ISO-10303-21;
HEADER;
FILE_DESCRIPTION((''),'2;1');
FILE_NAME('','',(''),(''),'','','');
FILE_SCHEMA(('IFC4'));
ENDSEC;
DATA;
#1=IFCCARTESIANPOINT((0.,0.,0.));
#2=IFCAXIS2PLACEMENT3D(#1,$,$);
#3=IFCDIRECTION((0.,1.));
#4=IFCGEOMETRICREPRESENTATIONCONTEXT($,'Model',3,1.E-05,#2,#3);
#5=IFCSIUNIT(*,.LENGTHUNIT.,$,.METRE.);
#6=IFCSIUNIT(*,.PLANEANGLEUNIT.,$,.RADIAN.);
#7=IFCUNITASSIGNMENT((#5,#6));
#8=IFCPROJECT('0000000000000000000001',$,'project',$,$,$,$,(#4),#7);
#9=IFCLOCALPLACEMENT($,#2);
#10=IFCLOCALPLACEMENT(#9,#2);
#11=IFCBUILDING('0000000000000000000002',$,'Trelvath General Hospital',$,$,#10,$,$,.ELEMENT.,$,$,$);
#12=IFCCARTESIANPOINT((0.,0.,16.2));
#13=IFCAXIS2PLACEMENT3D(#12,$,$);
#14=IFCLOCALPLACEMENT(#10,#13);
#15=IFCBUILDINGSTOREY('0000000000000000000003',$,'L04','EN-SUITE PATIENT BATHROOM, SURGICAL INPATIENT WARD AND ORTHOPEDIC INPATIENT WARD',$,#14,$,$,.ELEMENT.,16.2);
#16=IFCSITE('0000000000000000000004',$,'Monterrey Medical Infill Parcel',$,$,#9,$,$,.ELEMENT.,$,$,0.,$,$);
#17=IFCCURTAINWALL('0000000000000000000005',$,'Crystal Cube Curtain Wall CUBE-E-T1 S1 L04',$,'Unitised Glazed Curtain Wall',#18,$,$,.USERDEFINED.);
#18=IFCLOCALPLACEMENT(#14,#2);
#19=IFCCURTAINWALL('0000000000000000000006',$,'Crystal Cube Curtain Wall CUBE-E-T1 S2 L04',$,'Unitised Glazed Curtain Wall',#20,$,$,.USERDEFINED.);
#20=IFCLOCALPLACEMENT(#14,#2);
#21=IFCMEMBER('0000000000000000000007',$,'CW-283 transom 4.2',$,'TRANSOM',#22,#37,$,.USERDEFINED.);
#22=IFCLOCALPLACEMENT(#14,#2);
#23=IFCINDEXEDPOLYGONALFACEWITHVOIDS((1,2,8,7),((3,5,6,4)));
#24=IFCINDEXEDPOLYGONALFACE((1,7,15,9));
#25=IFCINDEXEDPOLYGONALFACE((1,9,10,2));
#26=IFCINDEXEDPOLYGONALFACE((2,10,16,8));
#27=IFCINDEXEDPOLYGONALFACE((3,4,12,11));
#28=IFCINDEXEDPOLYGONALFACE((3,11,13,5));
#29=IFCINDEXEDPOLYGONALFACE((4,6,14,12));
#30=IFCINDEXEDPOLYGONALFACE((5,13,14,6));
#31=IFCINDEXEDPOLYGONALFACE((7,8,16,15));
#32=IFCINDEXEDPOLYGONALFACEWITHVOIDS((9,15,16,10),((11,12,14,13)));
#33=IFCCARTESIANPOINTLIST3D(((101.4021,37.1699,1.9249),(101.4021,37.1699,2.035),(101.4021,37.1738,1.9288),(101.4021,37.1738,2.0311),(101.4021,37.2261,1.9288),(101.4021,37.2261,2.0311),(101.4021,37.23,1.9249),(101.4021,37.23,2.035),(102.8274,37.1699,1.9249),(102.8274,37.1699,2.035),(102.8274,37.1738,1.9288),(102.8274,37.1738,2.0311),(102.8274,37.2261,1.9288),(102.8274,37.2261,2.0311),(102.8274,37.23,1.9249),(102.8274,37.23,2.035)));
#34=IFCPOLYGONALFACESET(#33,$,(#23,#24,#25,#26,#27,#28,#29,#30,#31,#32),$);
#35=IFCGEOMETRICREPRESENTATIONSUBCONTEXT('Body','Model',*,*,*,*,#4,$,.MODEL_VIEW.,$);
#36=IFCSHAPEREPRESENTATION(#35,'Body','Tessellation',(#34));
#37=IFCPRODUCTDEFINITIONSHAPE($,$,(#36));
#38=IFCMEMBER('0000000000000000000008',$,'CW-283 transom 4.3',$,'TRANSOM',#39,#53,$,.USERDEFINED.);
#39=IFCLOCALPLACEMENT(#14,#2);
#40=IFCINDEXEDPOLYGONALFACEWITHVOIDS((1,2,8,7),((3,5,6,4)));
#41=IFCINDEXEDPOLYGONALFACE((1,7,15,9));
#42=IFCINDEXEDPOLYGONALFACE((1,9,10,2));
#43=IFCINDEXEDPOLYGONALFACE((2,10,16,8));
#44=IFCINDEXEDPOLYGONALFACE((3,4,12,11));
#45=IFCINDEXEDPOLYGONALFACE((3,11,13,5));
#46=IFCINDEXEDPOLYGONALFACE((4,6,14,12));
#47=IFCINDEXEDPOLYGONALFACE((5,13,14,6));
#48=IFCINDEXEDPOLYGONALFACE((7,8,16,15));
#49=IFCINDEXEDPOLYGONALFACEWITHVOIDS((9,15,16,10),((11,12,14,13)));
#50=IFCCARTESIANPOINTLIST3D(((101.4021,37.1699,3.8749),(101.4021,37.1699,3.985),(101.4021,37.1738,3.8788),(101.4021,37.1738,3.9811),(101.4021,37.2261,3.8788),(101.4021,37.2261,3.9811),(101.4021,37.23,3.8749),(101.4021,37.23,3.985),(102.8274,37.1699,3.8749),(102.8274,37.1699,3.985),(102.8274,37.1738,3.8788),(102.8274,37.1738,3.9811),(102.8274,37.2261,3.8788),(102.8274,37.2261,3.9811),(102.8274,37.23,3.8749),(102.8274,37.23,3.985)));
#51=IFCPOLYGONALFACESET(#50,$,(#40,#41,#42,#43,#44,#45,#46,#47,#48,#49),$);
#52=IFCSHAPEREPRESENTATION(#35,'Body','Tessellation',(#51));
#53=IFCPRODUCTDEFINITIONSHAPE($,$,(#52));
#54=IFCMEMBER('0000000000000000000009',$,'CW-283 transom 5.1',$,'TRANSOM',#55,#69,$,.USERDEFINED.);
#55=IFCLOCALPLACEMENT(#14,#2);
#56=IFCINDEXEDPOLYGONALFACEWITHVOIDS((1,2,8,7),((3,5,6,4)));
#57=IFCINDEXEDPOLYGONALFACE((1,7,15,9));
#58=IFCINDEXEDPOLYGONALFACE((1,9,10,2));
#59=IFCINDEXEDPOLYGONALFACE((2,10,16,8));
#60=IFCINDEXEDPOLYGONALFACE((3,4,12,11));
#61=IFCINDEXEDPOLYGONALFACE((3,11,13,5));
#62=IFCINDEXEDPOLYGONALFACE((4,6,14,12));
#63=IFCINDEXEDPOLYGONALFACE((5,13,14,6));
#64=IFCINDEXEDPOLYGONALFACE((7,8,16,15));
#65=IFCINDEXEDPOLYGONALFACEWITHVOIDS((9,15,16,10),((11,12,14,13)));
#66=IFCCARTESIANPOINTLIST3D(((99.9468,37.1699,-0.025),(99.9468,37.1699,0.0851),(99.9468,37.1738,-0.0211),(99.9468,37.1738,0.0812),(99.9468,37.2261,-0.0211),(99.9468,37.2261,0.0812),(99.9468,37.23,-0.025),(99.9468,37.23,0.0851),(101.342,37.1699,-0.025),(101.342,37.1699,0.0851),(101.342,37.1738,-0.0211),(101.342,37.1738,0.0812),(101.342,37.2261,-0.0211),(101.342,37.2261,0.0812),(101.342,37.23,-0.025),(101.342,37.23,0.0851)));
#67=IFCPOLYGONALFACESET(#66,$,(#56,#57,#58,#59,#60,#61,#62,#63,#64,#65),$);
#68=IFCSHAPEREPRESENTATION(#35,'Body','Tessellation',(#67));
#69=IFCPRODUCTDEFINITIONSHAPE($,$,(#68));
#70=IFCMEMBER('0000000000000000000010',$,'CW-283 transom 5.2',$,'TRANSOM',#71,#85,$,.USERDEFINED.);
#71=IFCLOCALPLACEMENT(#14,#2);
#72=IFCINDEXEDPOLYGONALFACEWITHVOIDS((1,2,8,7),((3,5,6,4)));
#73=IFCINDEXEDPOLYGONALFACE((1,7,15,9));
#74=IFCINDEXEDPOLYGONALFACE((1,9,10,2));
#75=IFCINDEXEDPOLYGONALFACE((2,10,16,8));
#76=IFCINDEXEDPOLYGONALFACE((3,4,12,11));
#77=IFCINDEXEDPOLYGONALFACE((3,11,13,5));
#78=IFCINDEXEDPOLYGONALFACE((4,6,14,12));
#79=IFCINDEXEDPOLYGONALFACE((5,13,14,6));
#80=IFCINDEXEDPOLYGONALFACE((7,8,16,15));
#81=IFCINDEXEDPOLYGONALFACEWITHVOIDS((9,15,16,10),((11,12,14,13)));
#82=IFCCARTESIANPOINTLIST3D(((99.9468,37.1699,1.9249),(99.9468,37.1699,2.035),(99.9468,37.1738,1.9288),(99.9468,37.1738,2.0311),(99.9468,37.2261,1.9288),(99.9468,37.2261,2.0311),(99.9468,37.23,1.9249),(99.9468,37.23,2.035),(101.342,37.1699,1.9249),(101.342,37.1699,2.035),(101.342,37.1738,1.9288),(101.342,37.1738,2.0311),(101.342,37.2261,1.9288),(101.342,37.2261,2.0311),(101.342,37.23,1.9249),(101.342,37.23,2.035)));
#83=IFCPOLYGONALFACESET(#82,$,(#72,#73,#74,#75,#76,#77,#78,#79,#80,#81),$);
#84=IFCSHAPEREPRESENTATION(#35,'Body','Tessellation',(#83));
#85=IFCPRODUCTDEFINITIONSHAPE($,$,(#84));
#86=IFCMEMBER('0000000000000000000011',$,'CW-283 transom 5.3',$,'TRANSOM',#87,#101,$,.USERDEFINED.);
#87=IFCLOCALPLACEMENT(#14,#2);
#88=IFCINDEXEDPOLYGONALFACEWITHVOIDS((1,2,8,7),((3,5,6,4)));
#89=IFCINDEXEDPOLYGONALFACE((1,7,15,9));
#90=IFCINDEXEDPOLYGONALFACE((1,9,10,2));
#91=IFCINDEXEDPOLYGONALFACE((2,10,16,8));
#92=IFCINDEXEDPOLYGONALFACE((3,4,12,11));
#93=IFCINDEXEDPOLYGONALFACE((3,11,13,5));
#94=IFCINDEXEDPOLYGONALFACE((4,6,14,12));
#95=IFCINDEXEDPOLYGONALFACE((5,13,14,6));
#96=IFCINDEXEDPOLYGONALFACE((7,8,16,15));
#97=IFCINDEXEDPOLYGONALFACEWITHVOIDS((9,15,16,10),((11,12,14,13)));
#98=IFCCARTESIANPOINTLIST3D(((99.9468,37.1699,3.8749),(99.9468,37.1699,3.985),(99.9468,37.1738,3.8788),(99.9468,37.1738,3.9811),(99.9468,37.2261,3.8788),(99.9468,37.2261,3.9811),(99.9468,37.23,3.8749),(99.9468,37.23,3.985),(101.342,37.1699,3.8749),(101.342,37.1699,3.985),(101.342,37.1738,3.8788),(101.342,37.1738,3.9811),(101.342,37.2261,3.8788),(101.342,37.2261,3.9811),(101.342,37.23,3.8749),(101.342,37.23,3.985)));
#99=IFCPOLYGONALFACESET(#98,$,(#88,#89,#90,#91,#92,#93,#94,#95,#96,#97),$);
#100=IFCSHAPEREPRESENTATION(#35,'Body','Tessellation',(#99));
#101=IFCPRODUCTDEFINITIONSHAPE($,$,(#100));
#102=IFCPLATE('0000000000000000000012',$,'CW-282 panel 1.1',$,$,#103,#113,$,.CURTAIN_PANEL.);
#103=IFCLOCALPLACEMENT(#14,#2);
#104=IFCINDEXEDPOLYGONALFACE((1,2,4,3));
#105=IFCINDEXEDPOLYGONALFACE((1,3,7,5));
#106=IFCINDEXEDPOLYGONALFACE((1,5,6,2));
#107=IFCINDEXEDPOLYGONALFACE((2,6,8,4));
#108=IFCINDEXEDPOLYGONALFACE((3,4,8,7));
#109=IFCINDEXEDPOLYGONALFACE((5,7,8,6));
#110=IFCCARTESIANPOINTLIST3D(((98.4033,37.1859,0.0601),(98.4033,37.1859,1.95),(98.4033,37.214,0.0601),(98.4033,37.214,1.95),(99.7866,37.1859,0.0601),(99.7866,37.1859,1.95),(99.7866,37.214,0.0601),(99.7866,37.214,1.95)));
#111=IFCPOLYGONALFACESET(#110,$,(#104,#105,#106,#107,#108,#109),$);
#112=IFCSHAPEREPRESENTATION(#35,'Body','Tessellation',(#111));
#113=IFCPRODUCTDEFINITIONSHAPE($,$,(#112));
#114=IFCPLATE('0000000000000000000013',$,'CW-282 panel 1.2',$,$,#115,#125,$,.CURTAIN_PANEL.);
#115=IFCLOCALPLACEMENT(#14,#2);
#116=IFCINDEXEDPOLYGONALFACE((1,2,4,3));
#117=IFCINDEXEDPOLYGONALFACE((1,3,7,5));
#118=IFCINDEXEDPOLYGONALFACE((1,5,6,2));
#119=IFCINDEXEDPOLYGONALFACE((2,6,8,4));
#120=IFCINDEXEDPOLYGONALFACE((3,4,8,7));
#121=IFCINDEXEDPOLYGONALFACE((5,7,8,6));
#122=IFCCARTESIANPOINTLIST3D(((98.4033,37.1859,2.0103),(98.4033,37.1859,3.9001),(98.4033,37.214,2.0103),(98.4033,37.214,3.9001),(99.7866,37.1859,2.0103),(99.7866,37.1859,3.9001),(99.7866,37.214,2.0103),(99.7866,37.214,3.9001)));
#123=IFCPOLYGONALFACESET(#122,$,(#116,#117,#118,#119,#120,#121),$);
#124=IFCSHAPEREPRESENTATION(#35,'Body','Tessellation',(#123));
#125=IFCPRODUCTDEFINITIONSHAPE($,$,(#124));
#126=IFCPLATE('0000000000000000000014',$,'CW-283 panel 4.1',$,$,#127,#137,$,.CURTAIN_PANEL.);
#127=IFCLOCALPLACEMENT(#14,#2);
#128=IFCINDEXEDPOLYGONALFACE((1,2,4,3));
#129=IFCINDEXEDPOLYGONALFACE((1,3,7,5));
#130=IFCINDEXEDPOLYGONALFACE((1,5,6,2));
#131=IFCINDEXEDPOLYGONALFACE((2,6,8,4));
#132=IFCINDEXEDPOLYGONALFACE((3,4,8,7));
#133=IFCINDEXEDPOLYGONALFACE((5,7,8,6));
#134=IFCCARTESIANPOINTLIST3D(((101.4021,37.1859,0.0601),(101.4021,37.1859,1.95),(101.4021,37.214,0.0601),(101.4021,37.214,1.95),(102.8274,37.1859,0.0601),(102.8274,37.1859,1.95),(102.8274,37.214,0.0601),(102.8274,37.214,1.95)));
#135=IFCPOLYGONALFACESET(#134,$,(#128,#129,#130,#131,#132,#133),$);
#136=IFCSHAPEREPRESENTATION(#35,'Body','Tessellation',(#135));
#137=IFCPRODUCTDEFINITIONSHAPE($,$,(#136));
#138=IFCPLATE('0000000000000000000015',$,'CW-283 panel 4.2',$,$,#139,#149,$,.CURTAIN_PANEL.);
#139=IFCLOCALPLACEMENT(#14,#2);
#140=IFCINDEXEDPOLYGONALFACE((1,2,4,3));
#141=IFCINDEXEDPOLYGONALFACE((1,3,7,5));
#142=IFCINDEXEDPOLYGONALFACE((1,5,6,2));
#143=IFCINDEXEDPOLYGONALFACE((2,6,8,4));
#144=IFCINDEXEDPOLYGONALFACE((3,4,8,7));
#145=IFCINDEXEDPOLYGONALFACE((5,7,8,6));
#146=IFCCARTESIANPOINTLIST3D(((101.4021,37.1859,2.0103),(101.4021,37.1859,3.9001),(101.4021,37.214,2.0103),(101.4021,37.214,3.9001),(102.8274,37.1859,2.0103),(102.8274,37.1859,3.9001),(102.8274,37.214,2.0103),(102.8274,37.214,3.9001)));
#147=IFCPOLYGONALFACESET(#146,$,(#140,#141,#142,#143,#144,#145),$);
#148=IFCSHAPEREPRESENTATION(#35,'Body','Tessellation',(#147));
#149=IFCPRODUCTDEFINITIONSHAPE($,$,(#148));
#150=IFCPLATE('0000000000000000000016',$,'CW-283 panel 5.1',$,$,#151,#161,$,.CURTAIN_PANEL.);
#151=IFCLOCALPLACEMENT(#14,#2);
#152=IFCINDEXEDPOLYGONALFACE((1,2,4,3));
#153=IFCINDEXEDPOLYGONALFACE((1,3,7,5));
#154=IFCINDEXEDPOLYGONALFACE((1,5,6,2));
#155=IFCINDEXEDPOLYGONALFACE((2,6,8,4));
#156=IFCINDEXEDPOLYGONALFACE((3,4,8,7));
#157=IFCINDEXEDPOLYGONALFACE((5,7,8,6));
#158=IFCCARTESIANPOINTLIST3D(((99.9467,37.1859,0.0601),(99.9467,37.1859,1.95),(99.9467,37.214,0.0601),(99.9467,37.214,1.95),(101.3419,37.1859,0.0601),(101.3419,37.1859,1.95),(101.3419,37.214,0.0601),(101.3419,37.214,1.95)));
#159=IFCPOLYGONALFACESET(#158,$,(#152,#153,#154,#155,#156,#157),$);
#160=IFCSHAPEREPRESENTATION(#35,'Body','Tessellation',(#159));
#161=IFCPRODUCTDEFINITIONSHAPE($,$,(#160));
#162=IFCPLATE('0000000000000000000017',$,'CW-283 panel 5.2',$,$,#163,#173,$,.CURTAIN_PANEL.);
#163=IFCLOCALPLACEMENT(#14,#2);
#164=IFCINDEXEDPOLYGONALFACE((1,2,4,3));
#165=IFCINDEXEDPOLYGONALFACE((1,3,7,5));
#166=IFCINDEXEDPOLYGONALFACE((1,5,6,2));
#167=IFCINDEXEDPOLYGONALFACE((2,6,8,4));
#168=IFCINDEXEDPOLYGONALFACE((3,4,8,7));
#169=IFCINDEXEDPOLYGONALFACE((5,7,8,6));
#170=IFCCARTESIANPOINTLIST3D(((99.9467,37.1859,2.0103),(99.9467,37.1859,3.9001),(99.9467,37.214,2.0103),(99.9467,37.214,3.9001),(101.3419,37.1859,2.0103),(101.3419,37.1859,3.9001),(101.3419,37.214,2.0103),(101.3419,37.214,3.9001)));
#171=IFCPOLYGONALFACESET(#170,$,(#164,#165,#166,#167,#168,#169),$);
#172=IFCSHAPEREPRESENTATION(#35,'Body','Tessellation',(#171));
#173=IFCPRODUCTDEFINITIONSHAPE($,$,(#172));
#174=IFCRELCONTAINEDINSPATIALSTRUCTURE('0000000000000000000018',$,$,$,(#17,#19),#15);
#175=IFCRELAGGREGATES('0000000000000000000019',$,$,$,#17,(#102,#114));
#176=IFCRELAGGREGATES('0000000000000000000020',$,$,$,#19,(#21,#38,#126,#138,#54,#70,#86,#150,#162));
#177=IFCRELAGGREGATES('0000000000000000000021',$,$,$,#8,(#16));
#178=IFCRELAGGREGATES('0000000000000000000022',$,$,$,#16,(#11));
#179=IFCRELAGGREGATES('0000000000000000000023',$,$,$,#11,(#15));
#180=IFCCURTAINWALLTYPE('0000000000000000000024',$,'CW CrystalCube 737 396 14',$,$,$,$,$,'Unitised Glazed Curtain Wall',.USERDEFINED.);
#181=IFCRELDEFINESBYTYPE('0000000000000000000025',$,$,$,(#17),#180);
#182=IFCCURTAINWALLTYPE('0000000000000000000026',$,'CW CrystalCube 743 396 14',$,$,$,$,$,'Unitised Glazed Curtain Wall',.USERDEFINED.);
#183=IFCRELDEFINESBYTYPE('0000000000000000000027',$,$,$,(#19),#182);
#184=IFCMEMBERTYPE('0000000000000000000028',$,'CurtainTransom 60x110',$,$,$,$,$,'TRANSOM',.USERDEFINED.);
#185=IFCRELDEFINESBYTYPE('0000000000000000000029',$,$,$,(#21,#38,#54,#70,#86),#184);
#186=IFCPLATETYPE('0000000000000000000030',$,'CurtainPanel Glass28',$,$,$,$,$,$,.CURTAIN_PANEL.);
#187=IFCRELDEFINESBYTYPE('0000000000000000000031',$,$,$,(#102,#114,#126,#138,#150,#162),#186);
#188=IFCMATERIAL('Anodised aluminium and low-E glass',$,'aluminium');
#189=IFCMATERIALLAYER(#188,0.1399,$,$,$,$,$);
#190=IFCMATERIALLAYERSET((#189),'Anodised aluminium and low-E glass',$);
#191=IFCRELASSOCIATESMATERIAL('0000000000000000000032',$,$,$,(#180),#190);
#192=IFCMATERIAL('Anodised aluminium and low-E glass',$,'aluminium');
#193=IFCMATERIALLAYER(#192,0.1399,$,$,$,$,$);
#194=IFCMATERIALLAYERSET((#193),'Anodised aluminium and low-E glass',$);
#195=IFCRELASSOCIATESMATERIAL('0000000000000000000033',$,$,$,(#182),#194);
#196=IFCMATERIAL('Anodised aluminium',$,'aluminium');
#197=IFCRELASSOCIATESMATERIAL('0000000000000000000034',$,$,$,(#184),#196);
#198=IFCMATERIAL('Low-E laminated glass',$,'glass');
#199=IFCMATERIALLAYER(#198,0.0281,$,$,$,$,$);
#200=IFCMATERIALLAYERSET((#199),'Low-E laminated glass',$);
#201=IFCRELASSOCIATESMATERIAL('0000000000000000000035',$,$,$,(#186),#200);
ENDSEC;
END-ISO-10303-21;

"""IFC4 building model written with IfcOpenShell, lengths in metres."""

from ifc_helpers import new_model, si_unit, direction, frame, origin, origin_2d, place, context, subcontext, project, spatial, rectangle, hollow_rectangle, extrude, material, layer, layer_set, material_profile, profile_set, type_object, element, aggregate, save


model = new_model("IFC4")

# Units and contexts
model_context = context("Model", 3, precision=1e-05, world=origin(), true_north=direction((0.0, 1.0)))
body_context = subcontext(model_context, "Body", "Model", "MODEL_VIEW")
ifc_project = project(units=[si_unit("LENGTHUNIT", "METRE"), si_unit("PLANEANGLEUNIT", "RADIAN")], contexts=[model_context])

# Site, building, storey
site_placement = place(None, origin())
site = spatial("IfcSite", under=ifc_project, at=site_placement, Name="Monterrey Medical Infill Parcel", CompositionType="ELEMENT", RefElevation=0.0)
building_placement = place(site_placement, origin())
building = spatial("IfcBuilding", under=site, at=building_placement, Name="Trelvath General Hospital", CompositionType="ELEMENT")
storey_placement = place(building_placement, frame((0.0, 0.0, 16.2)))
storey = spatial("IfcBuildingStorey", under=building, at=storey_placement, Name="L04", Description="EN-SUITE PATIENT BATHROOM, SURGICAL INPATIENT WARD AND ORTHOPEDIC INPATIENT WARD", CompositionType="ELEMENT", Elevation=16.2)

# Curtain walls
ifc_material_1 = material(Name="Anodised aluminium and low-E glass", Category="aluminium")
ifc_layer_1 = layer(ifc_material_1, 0.1399)
ifc_layer_set_1 = layer_set([ifc_layer_1], Name="Anodised aluminium and low-E glass")
curtain_wall_type_1 = type_object("IfcCurtainWallType", Name="CW CrystalCube 737 396 14", ElementType="Unitised Glazed Curtain Wall", PredefinedType="USERDEFINED", material=ifc_layer_set_1)
curtain_wall_1_placement = place(storey_placement, origin())
curtain_wall_1 = element("IfcCurtainWall", 1, at=curtain_wall_1_placement, inside=storey, type_object=curtain_wall_type_1, Name="Crystal Cube Curtain Wall CUBE-E-T1 S1 L04", ObjectType="Unitised Glazed Curtain Wall", PredefinedType="USERDEFINED")
ifc_material_2 = material(Name="Anodised aluminium and low-E glass", Category="aluminium")
ifc_layer_2 = layer(ifc_material_2, 0.1399)
ifc_layer_set_2 = layer_set([ifc_layer_2], Name="Anodised aluminium and low-E glass")
curtain_wall_type_2 = type_object("IfcCurtainWallType", Name="CW CrystalCube 743 396 14", ElementType="Unitised Glazed Curtain Wall", PredefinedType="USERDEFINED", material=ifc_layer_set_2)
curtain_wall_2_placement = place(storey_placement, origin())
curtain_wall_2 = element("IfcCurtainWall", 2, at=curtain_wall_2_placement, inside=storey, type_object=curtain_wall_type_2, Name="Crystal Cube Curtain Wall CUBE-E-T1 S2 L04", ObjectType="Unitised Glazed Curtain Wall", PredefinedType="USERDEFINED")

# Members
ifc_material_3 = material(Name="Anodised aluminium", Category="aluminium")
ifc_material_profile_1 = material_profile(ifc_material_3, hollow_rectangle(XDim=0.0601, YDim=0.1101, WallThickness=0.0039, at=origin_2d()), Name="RHS60x110x4")
ifc_profile_set_1 = profile_set([ifc_material_profile_1], Name="Anodised aluminium")
member_type_1 = type_object("IfcMemberType", Name="CurtainTransom 60x110", ElementType="TRANSOM", PredefinedType="USERDEFINED", material=ifc_profile_set_1)
member_1_placement = place(storey_placement, frame((102.8274, 37.2, 1.98), z_axis=(-1.0, 0.0, 0.0), x_axis=(0.0, -1.0, 0.0)))
member_1 = element("IfcMember", 3, at=member_1_placement, type_object=member_type_1, Name="CW-283 transom 4.2", ObjectType="TRANSOM", PredefinedType="USERDEFINED", context=body_context, shape_type="SweptSolid", body=[
    extrude(hollow_rectangle(XDim=0.0601, YDim=0.1101, WallThickness=0.0039, at=origin_2d()), origin(), (0.0, 0.0, 1.0), 1.4253),
])
member_2_placement = place(storey_placement, frame((102.8274, 37.2, 3.9299), z_axis=(-1.0, 0.0, 0.0), x_axis=(0.0, -1.0, 0.0)))
member_2 = element("IfcMember", 4, at=member_2_placement, type_object=member_type_1, Name="CW-283 transom 4.3", ObjectType="TRANSOM", PredefinedType="USERDEFINED", context=body_context, shape_type="SweptSolid", body=[
    extrude(hollow_rectangle(XDim=0.0601, YDim=0.1101, WallThickness=0.0039, at=origin_2d()), origin(), (0.0, 0.0, 1.0), 1.4253),
])
member_3_placement = place(storey_placement, frame((101.342, 37.2, 0.03), z_axis=(-1.0, 0.0, 0.0), x_axis=(0.0, -1.0, 0.0)))
member_3 = element("IfcMember", 5, at=member_3_placement, type_object=member_type_1, Name="CW-283 transom 5.1", ObjectType="TRANSOM", PredefinedType="USERDEFINED", context=body_context, shape_type="SweptSolid", body=[
    extrude(hollow_rectangle(XDim=0.0601, YDim=0.1101, WallThickness=0.0039, at=origin_2d()), origin(), (0.0, 0.0, 1.0), 1.3953),
])
member_4_placement = place(storey_placement, frame((101.342, 37.2, 1.98), z_axis=(-1.0, 0.0, 0.0), x_axis=(0.0, -1.0, 0.0)))
member_4 = element("IfcMember", 6, at=member_4_placement, type_object=member_type_1, Name="CW-283 transom 5.2", ObjectType="TRANSOM", PredefinedType="USERDEFINED", context=body_context, shape_type="SweptSolid", body=[
    extrude(hollow_rectangle(XDim=0.0601, YDim=0.1101, WallThickness=0.0039, at=origin_2d()), origin(), (0.0, 0.0, 1.0), 1.3953),
])
member_5_placement = place(storey_placement, frame((101.342, 37.2, 3.9299), z_axis=(-1.0, 0.0, 0.0), x_axis=(0.0, -1.0, 0.0)))
member_5 = element("IfcMember", 7, at=member_5_placement, type_object=member_type_1, Name="CW-283 transom 5.3", ObjectType="TRANSOM", PredefinedType="USERDEFINED", context=body_context, shape_type="SweptSolid", body=[
    extrude(hollow_rectangle(XDim=0.0601, YDim=0.1101, WallThickness=0.0039, at=origin_2d()), origin(), (0.0, 0.0, 1.0), 1.3953),
])

# Plates
ifc_material_4 = material(Name="Low-E laminated glass", Category="glass")
ifc_layer_3 = layer(ifc_material_4, 0.0281)
ifc_layer_set_3 = layer_set([ifc_layer_3], Name="Low-E laminated glass")
plate_type = type_object("IfcPlateType", Name="CurtainPanel Glass28", PredefinedType="CURTAIN_PANEL", material=ifc_layer_set_3)
plate_1_placement = place(storey_placement, frame((99.095, 37.2, 0.0601), z_axis=(0.0, 0.0, 1.0), x_axis=(-1.0, 0.0, 0.0)))
plate_1 = element("IfcPlate", 8, at=plate_1_placement, type_object=plate_type, Name="CW-282 panel 1.1", PredefinedType="CURTAIN_PANEL", context=body_context, shape_type="SweptSolid", body=[
    extrude(rectangle(XDim=1.3833, YDim=0.0281, at=origin_2d()), origin(), (0.0, 0.0, 1.0), 1.8899),
])
plate_2_placement = place(storey_placement, frame((99.095, 37.2, 2.0103), z_axis=(0.0, 0.0, 1.0), x_axis=(-1.0, 0.0, 0.0)))
plate_2 = element("IfcPlate", 9, at=plate_2_placement, type_object=plate_type, Name="CW-282 panel 1.2", PredefinedType="CURTAIN_PANEL", context=body_context, shape_type="SweptSolid", body=[
    extrude(rectangle(XDim=1.3833, YDim=0.0281, at=origin_2d()), origin(), (0.0, 0.0, 1.0), 1.8899),
])
aggregate(curtain_wall_1, [plate_1, plate_2])
plate_3_placement = place(storey_placement, frame((102.1147, 37.2, 0.0601), z_axis=(0.0, 0.0, 1.0), x_axis=(-1.0, 0.0, 0.0)))
plate_3 = element("IfcPlate", 10, at=plate_3_placement, type_object=plate_type, Name="CW-283 panel 4.1", PredefinedType="CURTAIN_PANEL", context=body_context, shape_type="SweptSolid", body=[
    extrude(rectangle(XDim=1.4253, YDim=0.0281, at=origin_2d()), origin(), (0.0, 0.0, 1.0), 1.8899),
])
plate_4_placement = place(storey_placement, frame((102.1147, 37.2, 2.0103), z_axis=(0.0, 0.0, 1.0), x_axis=(-1.0, 0.0, 0.0)))
plate_4 = element("IfcPlate", 11, at=plate_4_placement, type_object=plate_type, Name="CW-283 panel 4.2", PredefinedType="CURTAIN_PANEL", context=body_context, shape_type="SweptSolid", body=[
    extrude(rectangle(XDim=1.4253, YDim=0.0281, at=origin_2d()), origin(), (0.0, 0.0, 1.0), 1.8899),
])
plate_5_placement = place(storey_placement, frame((100.6443, 37.2, 0.0601), z_axis=(0.0, 0.0, 1.0), x_axis=(-1.0, 0.0, 0.0)))
plate_5 = element("IfcPlate", 12, at=plate_5_placement, type_object=plate_type, Name="CW-283 panel 5.1", PredefinedType="CURTAIN_PANEL", context=body_context, shape_type="SweptSolid", body=[
    extrude(rectangle(XDim=1.3953, YDim=0.0281, at=origin_2d()), origin(), (0.0, 0.0, 1.0), 1.8899),
])
plate_6_placement = place(storey_placement, frame((100.6443, 37.2, 2.0103), z_axis=(0.0, 0.0, 1.0), x_axis=(-1.0, 0.0, 0.0)))
plate_6 = element("IfcPlate", 13, at=plate_6_placement, type_object=plate_type, Name="CW-283 panel 5.2", PredefinedType="CURTAIN_PANEL", context=body_context, shape_type="SweptSolid", body=[
    extrude(rectangle(XDim=1.3953, YDim=0.0281, at=origin_2d()), origin(), (0.0, 0.0, 1.0), 1.8899),
])
aggregate(curtain_wall_2, [member_1, member_2, plate_3, plate_4, member_3, member_4, member_5, plate_5, plate_6])

save(model, "model.ifc")
